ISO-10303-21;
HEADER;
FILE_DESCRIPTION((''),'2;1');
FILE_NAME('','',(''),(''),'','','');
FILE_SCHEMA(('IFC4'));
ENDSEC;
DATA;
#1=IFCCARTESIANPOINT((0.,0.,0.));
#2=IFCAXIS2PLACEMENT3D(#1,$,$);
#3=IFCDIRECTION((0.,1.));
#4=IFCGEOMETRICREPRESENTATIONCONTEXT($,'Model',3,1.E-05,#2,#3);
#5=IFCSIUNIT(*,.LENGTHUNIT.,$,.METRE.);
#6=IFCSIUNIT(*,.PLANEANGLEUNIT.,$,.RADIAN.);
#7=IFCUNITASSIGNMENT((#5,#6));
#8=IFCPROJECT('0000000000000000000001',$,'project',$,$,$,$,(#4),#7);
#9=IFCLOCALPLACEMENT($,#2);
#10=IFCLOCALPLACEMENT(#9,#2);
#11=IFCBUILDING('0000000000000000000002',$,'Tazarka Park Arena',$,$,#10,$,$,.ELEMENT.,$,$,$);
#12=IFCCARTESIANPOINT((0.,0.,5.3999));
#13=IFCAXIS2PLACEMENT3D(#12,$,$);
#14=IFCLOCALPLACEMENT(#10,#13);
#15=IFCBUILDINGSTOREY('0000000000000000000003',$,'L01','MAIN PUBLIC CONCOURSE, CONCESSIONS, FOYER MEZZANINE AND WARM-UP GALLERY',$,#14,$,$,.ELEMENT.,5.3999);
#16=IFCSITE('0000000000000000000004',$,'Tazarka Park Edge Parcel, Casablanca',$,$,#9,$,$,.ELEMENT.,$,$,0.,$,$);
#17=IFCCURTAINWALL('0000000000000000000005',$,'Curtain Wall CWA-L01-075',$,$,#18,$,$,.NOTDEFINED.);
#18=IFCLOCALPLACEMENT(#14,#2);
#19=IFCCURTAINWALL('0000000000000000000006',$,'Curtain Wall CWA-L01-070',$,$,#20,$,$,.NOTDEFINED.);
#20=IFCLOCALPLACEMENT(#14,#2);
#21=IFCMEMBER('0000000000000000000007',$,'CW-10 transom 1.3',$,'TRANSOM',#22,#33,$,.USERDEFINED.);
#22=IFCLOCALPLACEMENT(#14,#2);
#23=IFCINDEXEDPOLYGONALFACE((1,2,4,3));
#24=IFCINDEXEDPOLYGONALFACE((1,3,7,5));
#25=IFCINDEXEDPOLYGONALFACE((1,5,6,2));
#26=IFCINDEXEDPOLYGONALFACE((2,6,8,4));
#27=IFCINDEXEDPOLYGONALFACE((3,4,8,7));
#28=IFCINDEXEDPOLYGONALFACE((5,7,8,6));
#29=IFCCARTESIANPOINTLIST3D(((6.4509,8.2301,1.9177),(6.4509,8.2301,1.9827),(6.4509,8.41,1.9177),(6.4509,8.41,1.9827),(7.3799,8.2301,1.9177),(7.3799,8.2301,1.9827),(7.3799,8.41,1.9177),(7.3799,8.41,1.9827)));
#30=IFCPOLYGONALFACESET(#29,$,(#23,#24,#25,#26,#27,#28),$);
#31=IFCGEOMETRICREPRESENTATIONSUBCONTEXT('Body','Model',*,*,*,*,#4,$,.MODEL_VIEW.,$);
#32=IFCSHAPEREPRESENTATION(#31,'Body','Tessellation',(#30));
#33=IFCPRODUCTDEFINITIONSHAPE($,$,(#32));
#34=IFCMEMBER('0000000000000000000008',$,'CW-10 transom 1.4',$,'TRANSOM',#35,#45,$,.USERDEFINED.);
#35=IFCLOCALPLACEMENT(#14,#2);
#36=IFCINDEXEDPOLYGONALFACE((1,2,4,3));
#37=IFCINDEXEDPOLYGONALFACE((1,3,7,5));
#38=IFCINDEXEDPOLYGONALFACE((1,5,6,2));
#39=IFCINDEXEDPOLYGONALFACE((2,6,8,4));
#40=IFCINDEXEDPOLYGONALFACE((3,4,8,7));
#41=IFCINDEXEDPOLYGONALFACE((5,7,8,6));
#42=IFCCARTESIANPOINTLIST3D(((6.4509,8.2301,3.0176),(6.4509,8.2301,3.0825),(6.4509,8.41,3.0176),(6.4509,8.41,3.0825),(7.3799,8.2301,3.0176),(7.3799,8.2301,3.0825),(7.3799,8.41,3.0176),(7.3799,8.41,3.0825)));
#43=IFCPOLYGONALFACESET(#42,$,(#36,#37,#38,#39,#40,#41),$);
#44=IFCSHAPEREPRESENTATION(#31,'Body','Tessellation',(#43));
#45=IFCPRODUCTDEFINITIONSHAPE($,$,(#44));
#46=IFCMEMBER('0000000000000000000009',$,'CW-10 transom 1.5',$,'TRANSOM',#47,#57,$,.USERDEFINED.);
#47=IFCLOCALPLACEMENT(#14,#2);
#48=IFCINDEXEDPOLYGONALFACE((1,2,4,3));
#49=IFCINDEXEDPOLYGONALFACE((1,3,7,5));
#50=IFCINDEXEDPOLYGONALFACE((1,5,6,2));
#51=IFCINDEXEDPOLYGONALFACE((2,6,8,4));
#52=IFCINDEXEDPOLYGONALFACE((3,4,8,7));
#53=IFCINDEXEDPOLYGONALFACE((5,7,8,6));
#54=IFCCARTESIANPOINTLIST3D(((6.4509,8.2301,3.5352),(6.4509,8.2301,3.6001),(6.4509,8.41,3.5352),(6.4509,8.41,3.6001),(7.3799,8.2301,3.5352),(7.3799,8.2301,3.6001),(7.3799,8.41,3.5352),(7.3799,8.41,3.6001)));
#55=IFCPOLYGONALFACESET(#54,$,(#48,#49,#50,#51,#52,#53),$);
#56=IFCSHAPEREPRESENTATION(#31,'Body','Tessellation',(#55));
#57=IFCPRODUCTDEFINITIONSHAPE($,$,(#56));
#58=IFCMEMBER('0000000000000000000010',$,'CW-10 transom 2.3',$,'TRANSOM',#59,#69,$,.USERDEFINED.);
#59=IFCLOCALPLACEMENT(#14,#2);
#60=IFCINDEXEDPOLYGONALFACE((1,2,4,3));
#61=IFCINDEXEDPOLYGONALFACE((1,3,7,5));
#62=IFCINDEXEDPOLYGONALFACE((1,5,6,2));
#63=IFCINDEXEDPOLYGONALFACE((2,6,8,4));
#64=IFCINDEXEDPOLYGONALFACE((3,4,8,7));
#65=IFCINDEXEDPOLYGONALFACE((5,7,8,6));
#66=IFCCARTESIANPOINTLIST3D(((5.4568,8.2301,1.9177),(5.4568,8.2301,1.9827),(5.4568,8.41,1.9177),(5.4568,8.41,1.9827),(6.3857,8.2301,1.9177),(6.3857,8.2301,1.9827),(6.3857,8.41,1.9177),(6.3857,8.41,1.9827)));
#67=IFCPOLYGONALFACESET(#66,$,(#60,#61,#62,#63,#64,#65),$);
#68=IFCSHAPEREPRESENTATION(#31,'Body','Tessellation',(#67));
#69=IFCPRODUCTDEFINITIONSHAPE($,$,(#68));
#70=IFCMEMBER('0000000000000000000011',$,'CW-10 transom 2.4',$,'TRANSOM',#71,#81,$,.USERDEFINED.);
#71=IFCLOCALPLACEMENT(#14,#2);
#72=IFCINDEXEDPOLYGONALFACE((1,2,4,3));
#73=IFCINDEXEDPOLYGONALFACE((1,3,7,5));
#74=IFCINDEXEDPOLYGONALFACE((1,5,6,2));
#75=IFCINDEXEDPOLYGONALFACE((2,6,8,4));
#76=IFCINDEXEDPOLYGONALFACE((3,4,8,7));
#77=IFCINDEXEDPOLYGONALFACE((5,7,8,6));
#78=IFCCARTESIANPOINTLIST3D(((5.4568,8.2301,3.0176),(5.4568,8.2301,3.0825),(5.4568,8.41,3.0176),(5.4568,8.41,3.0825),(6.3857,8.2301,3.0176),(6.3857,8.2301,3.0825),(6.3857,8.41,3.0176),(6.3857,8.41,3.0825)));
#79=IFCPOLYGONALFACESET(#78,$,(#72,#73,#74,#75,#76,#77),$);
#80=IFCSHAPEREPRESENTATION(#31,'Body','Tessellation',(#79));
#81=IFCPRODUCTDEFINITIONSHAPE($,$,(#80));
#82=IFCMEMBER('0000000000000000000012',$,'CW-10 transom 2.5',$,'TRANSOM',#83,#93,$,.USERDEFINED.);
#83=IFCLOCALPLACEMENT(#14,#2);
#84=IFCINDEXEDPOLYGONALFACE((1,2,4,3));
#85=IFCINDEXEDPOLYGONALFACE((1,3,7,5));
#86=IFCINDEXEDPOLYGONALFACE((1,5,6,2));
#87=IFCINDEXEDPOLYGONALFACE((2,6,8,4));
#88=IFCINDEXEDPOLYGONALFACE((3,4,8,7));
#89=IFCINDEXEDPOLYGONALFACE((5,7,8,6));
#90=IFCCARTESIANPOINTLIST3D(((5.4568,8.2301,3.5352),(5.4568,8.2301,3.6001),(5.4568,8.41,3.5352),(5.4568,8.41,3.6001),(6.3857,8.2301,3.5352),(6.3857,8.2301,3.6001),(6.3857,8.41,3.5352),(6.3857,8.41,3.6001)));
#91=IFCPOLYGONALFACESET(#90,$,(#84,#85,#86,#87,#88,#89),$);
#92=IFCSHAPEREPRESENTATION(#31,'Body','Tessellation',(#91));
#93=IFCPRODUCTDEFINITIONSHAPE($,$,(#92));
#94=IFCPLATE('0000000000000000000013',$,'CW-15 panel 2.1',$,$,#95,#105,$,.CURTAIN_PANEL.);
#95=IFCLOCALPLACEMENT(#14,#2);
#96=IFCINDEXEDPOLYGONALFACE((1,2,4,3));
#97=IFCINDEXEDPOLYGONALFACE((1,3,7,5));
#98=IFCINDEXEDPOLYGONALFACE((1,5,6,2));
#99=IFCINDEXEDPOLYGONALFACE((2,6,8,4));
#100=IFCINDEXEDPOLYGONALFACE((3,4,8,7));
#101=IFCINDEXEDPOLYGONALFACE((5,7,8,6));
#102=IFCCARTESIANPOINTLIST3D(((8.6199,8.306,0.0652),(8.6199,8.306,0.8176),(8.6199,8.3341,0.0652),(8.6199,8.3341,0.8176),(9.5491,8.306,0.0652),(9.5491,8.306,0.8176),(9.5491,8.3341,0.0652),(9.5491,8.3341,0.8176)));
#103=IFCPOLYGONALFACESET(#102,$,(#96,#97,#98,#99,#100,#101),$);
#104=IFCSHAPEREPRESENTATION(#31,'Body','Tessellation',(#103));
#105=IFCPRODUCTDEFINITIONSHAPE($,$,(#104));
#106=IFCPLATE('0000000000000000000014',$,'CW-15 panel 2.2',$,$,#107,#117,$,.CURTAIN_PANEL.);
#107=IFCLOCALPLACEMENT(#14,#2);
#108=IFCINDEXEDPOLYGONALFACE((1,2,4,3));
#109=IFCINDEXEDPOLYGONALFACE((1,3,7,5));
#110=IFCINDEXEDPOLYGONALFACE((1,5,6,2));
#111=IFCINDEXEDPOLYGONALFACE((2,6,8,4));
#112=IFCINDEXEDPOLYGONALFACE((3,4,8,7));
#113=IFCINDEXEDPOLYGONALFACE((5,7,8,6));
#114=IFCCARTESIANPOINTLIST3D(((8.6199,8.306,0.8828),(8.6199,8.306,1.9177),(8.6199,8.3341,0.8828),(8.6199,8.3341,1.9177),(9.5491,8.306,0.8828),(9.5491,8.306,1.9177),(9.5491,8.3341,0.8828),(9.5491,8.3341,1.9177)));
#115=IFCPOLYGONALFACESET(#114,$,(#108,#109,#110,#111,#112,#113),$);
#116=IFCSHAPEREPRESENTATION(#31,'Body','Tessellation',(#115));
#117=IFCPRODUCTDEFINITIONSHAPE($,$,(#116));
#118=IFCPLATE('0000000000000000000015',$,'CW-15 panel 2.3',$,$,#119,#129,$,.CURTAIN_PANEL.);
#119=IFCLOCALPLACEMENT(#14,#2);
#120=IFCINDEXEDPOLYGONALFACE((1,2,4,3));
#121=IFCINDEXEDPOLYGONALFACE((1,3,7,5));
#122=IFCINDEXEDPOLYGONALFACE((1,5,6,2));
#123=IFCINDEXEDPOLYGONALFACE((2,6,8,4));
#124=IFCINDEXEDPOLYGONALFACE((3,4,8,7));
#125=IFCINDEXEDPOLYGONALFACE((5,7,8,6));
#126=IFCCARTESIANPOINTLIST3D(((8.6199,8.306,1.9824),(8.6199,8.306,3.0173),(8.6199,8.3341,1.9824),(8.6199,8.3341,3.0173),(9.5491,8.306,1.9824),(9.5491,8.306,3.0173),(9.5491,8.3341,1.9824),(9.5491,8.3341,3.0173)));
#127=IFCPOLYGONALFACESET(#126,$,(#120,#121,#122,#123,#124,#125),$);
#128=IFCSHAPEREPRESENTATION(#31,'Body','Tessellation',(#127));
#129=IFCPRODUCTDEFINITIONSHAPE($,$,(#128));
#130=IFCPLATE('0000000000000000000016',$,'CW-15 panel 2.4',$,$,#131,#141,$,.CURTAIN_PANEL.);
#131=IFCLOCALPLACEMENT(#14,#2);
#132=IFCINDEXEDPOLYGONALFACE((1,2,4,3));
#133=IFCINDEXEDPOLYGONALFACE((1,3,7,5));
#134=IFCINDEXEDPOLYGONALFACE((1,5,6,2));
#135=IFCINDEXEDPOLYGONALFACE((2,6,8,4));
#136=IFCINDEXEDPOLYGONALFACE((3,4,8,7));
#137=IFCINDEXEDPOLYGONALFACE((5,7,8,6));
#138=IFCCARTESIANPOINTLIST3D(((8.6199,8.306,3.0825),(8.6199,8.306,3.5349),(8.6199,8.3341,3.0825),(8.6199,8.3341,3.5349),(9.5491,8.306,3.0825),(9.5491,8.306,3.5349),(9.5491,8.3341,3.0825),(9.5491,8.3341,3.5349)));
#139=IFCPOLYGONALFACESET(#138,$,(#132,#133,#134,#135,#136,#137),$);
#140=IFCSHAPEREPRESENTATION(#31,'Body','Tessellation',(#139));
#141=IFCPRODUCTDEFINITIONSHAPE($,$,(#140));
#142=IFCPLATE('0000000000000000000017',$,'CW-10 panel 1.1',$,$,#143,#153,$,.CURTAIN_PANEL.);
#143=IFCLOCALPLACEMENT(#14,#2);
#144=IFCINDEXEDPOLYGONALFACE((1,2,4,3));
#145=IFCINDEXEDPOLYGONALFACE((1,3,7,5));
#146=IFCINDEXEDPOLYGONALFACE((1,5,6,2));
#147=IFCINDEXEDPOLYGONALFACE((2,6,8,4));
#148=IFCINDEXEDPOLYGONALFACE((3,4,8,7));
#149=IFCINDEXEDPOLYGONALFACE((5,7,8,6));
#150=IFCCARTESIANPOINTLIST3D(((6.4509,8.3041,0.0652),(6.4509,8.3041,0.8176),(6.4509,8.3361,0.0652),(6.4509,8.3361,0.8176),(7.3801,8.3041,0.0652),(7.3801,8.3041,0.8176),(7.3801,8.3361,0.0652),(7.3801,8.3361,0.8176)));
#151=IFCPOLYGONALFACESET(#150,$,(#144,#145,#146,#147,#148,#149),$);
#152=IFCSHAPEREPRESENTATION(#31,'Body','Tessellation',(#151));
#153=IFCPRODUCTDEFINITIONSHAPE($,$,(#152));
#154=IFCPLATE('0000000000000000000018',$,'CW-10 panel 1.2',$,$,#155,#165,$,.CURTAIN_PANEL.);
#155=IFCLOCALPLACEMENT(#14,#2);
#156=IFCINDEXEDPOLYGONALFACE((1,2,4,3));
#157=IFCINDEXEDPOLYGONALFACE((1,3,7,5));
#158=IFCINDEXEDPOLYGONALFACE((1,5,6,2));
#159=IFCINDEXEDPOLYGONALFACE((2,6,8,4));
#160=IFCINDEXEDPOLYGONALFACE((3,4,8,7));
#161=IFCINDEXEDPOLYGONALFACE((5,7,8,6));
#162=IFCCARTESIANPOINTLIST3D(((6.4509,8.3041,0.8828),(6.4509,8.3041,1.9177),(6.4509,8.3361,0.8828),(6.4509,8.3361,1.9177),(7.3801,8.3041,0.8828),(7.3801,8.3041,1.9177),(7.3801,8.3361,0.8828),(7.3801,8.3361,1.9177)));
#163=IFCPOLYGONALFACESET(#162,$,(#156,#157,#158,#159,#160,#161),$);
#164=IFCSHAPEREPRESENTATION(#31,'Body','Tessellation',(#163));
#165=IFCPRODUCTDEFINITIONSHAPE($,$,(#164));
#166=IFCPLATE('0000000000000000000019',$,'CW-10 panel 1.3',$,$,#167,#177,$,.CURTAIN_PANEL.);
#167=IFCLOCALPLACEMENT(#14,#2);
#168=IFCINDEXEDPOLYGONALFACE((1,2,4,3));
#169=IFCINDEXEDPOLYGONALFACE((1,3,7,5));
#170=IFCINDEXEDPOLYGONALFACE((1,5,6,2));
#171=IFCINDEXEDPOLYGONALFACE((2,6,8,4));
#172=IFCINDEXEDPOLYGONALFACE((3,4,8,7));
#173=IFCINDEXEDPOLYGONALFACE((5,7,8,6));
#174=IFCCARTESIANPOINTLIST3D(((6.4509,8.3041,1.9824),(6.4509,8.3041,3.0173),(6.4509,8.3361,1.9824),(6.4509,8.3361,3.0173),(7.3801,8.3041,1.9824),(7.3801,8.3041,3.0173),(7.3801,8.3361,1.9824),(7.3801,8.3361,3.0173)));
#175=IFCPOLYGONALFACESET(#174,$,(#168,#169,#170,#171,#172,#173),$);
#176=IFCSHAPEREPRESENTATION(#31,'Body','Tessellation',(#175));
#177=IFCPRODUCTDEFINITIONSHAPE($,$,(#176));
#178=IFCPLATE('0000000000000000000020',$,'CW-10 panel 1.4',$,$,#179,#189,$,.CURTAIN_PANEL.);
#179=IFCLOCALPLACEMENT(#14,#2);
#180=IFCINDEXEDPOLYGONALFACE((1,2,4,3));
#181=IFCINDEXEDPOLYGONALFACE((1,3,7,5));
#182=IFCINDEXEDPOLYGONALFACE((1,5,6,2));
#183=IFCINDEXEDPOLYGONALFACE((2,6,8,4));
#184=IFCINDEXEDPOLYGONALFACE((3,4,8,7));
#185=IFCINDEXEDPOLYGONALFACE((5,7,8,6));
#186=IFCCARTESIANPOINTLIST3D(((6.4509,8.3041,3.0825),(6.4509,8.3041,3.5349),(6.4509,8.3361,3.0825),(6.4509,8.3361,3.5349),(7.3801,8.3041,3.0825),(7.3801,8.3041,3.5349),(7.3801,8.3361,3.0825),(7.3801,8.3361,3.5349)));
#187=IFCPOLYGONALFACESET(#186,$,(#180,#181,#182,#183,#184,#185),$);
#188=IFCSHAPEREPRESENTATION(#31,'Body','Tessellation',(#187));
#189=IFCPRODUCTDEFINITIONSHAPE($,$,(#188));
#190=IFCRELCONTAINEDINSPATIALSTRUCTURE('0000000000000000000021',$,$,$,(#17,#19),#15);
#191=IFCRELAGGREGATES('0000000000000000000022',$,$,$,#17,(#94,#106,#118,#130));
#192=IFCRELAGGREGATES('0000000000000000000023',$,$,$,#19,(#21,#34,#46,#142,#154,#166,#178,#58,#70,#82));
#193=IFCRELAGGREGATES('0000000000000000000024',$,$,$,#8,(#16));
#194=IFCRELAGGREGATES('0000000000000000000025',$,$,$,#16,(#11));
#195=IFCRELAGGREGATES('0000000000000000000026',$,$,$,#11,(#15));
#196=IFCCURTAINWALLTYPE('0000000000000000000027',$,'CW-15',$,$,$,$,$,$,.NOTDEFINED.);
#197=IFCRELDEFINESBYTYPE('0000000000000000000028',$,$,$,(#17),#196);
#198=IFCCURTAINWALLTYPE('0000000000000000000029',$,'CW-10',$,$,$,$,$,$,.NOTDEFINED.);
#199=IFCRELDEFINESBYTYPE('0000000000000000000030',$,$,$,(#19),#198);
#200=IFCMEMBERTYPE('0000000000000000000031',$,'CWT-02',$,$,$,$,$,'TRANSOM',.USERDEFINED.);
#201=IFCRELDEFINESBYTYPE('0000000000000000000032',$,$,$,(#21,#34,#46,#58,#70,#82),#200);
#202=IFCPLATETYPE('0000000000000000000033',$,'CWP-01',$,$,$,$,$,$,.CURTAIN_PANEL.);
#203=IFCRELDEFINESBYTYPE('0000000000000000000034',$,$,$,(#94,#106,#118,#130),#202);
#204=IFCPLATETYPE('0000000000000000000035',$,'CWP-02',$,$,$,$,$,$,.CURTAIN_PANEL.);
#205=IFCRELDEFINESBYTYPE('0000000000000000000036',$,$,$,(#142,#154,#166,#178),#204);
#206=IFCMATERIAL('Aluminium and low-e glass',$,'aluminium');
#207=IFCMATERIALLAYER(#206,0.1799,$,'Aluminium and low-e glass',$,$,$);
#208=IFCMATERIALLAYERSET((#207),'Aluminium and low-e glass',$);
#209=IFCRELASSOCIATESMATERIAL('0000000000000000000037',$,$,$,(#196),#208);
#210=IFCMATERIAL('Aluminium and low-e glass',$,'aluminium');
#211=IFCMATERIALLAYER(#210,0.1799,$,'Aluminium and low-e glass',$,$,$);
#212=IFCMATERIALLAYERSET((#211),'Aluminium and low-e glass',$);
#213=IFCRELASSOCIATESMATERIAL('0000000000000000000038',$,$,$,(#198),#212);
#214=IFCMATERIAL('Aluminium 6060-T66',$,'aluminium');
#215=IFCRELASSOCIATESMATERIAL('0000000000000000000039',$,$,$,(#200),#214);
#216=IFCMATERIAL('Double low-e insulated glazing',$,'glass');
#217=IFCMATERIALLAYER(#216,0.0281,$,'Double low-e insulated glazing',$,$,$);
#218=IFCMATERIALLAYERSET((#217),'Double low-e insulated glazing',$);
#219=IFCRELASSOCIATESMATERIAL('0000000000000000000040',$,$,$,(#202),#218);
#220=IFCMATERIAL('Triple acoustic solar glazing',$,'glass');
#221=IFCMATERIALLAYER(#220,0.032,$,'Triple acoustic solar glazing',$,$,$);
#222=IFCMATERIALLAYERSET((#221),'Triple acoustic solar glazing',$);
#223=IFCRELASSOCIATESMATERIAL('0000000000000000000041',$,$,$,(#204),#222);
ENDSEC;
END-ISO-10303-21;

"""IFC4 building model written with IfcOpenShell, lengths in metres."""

from ifc_helpers import new_model, si_unit, direction, frame, origin, origin_2d, place, context, subcontext, project, spatial, rectangle, extrude, material, layer, layer_set, material_profile, profile_set, type_object, element, aggregate, save


model = new_model("IFC4")

# Units and contexts
model_context = context("Model", 3, precision=1e-05, world=origin(), true_north=direction((0.0, 1.0)))
body_context = subcontext(model_context, "Body", "Model", "MODEL_VIEW")
ifc_project = project(units=[si_unit("LENGTHUNIT", "METRE"), si_unit("PLANEANGLEUNIT", "RADIAN")], contexts=[model_context])

# Site, building, storey
site_placement = place(None, origin())
site = spatial("IfcSite", under=ifc_project, at=site_placement, Name="Tazarka Park Edge Parcel, Casablanca", CompositionType="ELEMENT", RefElevation=0.0)
building_placement = place(site_placement, origin())
building = spatial("IfcBuilding", under=site, at=building_placement, Name="Tazarka Park Arena", CompositionType="ELEMENT")
storey_placement = place(building_placement, frame((0.0, 0.0, 5.3999)))
storey = spatial("IfcBuildingStorey", under=building, at=storey_placement, Name="L01", Description="MAIN PUBLIC CONCOURSE, CONCESSIONS, FOYER MEZZANINE AND WARM-UP GALLERY", CompositionType="ELEMENT", Elevation=5.3999)

# Curtain wall
ifc_material_1 = material(Name="Aluminium and low-e glass", Category="aluminium")
ifc_layer_1 = layer(ifc_material_1, 0.1799, Name="Aluminium and low-e glass")
ifc_layer_set_1 = layer_set([ifc_layer_1], Name="Aluminium and low-e glass")
curtain_wall_type_1 = type_object("IfcCurtainWallType", Name="CW-15", PredefinedType="NOTDEFINED", material=ifc_layer_set_1)
curtain_wall_1_placement = place(storey_placement, origin())
curtain_wall_1 = element("IfcCurtainWall", 1, at=curtain_wall_1_placement, inside=storey, type_object=curtain_wall_type_1, Name="Curtain Wall CWA-L01-075", PredefinedType="NOTDEFINED")

# Curtain wall
ifc_material_2 = material(Name="Aluminium and low-e glass", Category="aluminium")
ifc_layer_2 = layer(ifc_material_2, 0.1799, Name="Aluminium and low-e glass")
ifc_layer_set_2 = layer_set([ifc_layer_2], Name="Aluminium and low-e glass")
curtain_wall_type_2 = type_object("IfcCurtainWallType", Name="CW-10", PredefinedType="NOTDEFINED", material=ifc_layer_set_2)
curtain_wall_2_placement = place(storey_placement, origin())
curtain_wall_2 = element("IfcCurtainWall", 2, at=curtain_wall_2_placement, inside=storey, type_object=curtain_wall_type_2, Name="Curtain Wall CWA-L01-070", PredefinedType="NOTDEFINED")

# Members
ifc_material_3 = material(Name="Aluminium 6060-T66", Category="aluminium")
ifc_material_profile_1 = material_profile(ifc_material_3, rectangle(XDim=0.1799, YDim=0.0649, at=origin_2d()), Name="Aluminium 6060-T66")
ifc_profile_set_1 = profile_set([ifc_material_profile_1], Name="Aluminium 6060-T66")
member_type_1 = type_object("IfcMemberType", Name="CWT-02", ElementType="TRANSOM", PredefinedType="USERDEFINED", material=ifc_profile_set_1)
member_1_placement = place(storey_placement, frame((7.3799, 8.3201, 1.9502), z_axis=(-1.0, 0.0, 0.0), x_axis=(0.0, -1.0, 0.0)))
member_1 = element("IfcMember", 3, at=member_1_placement, type_object=member_type_1, Name="CW-10 transom 1.3", ObjectType="TRANSOM", PredefinedType="USERDEFINED", context=body_context, shape_type="SweptSolid", body=[
    extrude(rectangle(XDim=0.1799, YDim=0.0649, at=origin_2d()), origin(), (0.0, 0.0, 1.0), 0.929),
])
member_2_placement = place(storey_placement, frame((7.3799, 8.3201, 3.05), z_axis=(-1.0, 0.0, 0.0), x_axis=(0.0, -1.0, 0.0)))
member_2 = element("IfcMember", 4, at=member_2_placement, type_object=member_type_1, Name="CW-10 transom 1.4", ObjectType="TRANSOM", PredefinedType="USERDEFINED", context=body_context, shape_type="SweptSolid", body=[
    extrude(rectangle(XDim=0.1799, YDim=0.0649, at=origin_2d()), origin(), (0.0, 0.0, 1.0), 0.929),
])
member_3_placement = place(storey_placement, frame((7.3799, 8.3201, 3.5676), z_axis=(-1.0, 0.0, 0.0), x_axis=(0.0, -1.0, 0.0)))
member_3 = element("IfcMember", 5, at=member_3_placement, type_object=member_type_1, Name="CW-10 transom 1.5", ObjectType="TRANSOM", PredefinedType="USERDEFINED", context=body_context, shape_type="SweptSolid", body=[
    extrude(rectangle(XDim=0.1799, YDim=0.0649, at=origin_2d()), origin(), (0.0, 0.0, 1.0), 0.929),
])
member_4_placement = place(storey_placement, frame((6.3857, 8.3201, 1.9502), z_axis=(-1.0, 0.0, 0.0), x_axis=(0.0, -1.0, 0.0)))
member_4 = element("IfcMember", 6, at=member_4_placement, type_object=member_type_1, Name="CW-10 transom 2.3", ObjectType="TRANSOM", PredefinedType="USERDEFINED", context=body_context, shape_type="SweptSolid", body=[
    extrude(rectangle(XDim=0.1799, YDim=0.0649, at=origin_2d()), origin(), (0.0, 0.0, 1.0), 0.929),
])
member_5_placement = place(storey_placement, frame((6.3857, 8.3201, 3.05), z_axis=(-1.0, 0.0, 0.0), x_axis=(0.0, -1.0, 0.0)))
member_5 = element("IfcMember", 7, at=member_5_placement, type_object=member_type_1, Name="CW-10 transom 2.4", ObjectType="TRANSOM", PredefinedType="USERDEFINED", context=body_context, shape_type="SweptSolid", body=[
    extrude(rectangle(XDim=0.1799, YDim=0.0649, at=origin_2d()), origin(), (0.0, 0.0, 1.0), 0.929),
])
member_6_placement = place(storey_placement, frame((6.3857, 8.3201, 3.5676), z_axis=(-1.0, 0.0, 0.0), x_axis=(0.0, -1.0, 0.0)))
member_6 = element("IfcMember", 8, at=member_6_placement, type_object=member_type_1, Name="CW-10 transom 2.5", ObjectType="TRANSOM", PredefinedType="USERDEFINED", context=body_context, shape_type="SweptSolid", body=[
    extrude(rectangle(XDim=0.1799, YDim=0.0649, at=origin_2d()), origin(), (0.0, 0.0, 1.0), 0.929),
])

# Plates
ifc_material_4 = material(Name="Double low-e insulated glazing", Category="glass")
ifc_layer_3 = layer(ifc_material_4, 0.0281, Name="Double low-e insulated glazing")
ifc_layer_set_3 = layer_set([ifc_layer_3], Name="Double low-e insulated glazing")
plate_type_1 = type_object("IfcPlateType", Name="CWP-01", PredefinedType="CURTAIN_PANEL", material=ifc_layer_set_3)
plate_1_placement = place(storey_placement, frame((9.0845, 8.3201, 0.0652), z_axis=(0.0, 0.0, 1.0), x_axis=(-1.0, 0.0, 0.0)))
plate_1 = element("IfcPlate", 9, at=plate_1_placement, type_object=plate_type_1, Name="CW-15 panel 2.1", PredefinedType="CURTAIN_PANEL", context=body_context, shape_type="SweptSolid", body=[
    extrude(rectangle(XDim=0.9292, YDim=0.0281, at=origin_2d()), origin(), (0.0, 0.0, 1.0), 0.7524),
])
plate_2_placement = place(storey_placement, frame((9.0845, 8.3201, 0.8828), z_axis=(0.0, 0.0, 1.0), x_axis=(-1.0, 0.0, 0.0)))
plate_2 = element("IfcPlate", 10, at=plate_2_placement, type_object=plate_type_1, Name="CW-15 panel 2.2", PredefinedType="CURTAIN_PANEL", context=body_context, shape_type="SweptSolid", body=[
    extrude(rectangle(XDim=0.9292, YDim=0.0281, at=origin_2d()), origin(), (0.0, 0.0, 1.0), 1.0349),
])
plate_3_placement = place(storey_placement, frame((9.0845, 8.3201, 1.9824), z_axis=(0.0, 0.0, 1.0), x_axis=(-1.0, 0.0, 0.0)))
plate_3 = element("IfcPlate", 11, at=plate_3_placement, type_object=plate_type_1, Name="CW-15 panel 2.3", PredefinedType="CURTAIN_PANEL", context=body_context, shape_type="SweptSolid", body=[
    extrude(rectangle(XDim=0.9292, YDim=0.0281, at=origin_2d()), origin(), (0.0, 0.0, 1.0), 1.0349),
])
plate_4_placement = place(storey_placement, frame((9.0845, 8.3201, 3.0825), z_axis=(0.0, 0.0, 1.0), x_axis=(-1.0, 0.0, 0.0)))
plate_4 = element("IfcPlate", 12, at=plate_4_placement, type_object=plate_type_1, Name="CW-15 panel 2.4", PredefinedType="CURTAIN_PANEL", context=body_context, shape_type="SweptSolid", body=[
    extrude(rectangle(XDim=0.9292, YDim=0.0281, at=origin_2d()), origin(), (0.0, 0.0, 1.0), 0.4524),
])
aggregate(curtain_wall_1, [plate_1, plate_2, plate_3, plate_4])
ifc_material_5 = material(Name="Triple acoustic solar glazing", Category="glass")
ifc_layer_4 = layer(ifc_material_5, 0.032, Name="Triple acoustic solar glazing")
ifc_layer_set_4 = layer_set([ifc_layer_4], Name="Triple acoustic solar glazing")
plate_type_2 = type_object("IfcPlateType", Name="CWP-02", PredefinedType="CURTAIN_PANEL", material=ifc_layer_set_4)
plate_5_placement = place(storey_placement, frame((6.9155, 8.3201, 0.0652), z_axis=(0.0, 0.0, 1.0), x_axis=(-1.0, 0.0, 0.0)))
plate_5 = element("IfcPlate", 13, at=plate_5_placement, type_object=plate_type_2, Name="CW-10 panel 1.1", PredefinedType="CURTAIN_PANEL", context=body_context, shape_type="SweptSolid", body=[
    extrude(rectangle(XDim=0.9292, YDim=0.032, at=origin_2d()), origin(), (0.0, 0.0, 1.0), 0.7524),
])
plate_6_placement = place(storey_placement, frame((6.9155, 8.3201, 0.8828), z_axis=(0.0, 0.0, 1.0), x_axis=(-1.0, 0.0, 0.0)))
plate_6 = element("IfcPlate", 14, at=plate_6_placement, type_object=plate_type_2, Name="CW-10 panel 1.2", PredefinedType="CURTAIN_PANEL", context=body_context, shape_type="SweptSolid", body=[
    extrude(rectangle(XDim=0.9292, YDim=0.032, at=origin_2d()), origin(), (0.0, 0.0, 1.0), 1.0349),
])
plate_7_placement = place(storey_placement, frame((6.9155, 8.3201, 1.9824), z_axis=(0.0, 0.0, 1.0), x_axis=(-1.0, 0.0, 0.0)))
plate_7 = element("IfcPlate", 15, at=plate_7_placement, type_object=plate_type_2, Name="CW-10 panel 1.3", PredefinedType="CURTAIN_PANEL", context=body_context, shape_type="SweptSolid", body=[
    extrude(rectangle(XDim=0.9292, YDim=0.032, at=origin_2d()), origin(), (0.0, 0.0, 1.0), 1.0349),
])
plate_8_placement = place(storey_placement, frame((6.9155, 8.3201, 3.0825), z_axis=(0.0, 0.0, 1.0), x_axis=(-1.0, 0.0, 0.0)))
plate_8 = element("IfcPlate", 16, at=plate_8_placement, type_object=plate_type_2, Name="CW-10 panel 1.4", PredefinedType="CURTAIN_PANEL", context=body_context, shape_type="SweptSolid", body=[
    extrude(rectangle(XDim=0.9292, YDim=0.032, at=origin_2d()), origin(), (0.0, 0.0, 1.0), 0.4524),
])
aggregate(curtain_wall_2, [member_1, member_2, member_3, plate_5, plate_6, plate_7, plate_8, member_4, member_5, member_6])

save(model, "model.ifc")
